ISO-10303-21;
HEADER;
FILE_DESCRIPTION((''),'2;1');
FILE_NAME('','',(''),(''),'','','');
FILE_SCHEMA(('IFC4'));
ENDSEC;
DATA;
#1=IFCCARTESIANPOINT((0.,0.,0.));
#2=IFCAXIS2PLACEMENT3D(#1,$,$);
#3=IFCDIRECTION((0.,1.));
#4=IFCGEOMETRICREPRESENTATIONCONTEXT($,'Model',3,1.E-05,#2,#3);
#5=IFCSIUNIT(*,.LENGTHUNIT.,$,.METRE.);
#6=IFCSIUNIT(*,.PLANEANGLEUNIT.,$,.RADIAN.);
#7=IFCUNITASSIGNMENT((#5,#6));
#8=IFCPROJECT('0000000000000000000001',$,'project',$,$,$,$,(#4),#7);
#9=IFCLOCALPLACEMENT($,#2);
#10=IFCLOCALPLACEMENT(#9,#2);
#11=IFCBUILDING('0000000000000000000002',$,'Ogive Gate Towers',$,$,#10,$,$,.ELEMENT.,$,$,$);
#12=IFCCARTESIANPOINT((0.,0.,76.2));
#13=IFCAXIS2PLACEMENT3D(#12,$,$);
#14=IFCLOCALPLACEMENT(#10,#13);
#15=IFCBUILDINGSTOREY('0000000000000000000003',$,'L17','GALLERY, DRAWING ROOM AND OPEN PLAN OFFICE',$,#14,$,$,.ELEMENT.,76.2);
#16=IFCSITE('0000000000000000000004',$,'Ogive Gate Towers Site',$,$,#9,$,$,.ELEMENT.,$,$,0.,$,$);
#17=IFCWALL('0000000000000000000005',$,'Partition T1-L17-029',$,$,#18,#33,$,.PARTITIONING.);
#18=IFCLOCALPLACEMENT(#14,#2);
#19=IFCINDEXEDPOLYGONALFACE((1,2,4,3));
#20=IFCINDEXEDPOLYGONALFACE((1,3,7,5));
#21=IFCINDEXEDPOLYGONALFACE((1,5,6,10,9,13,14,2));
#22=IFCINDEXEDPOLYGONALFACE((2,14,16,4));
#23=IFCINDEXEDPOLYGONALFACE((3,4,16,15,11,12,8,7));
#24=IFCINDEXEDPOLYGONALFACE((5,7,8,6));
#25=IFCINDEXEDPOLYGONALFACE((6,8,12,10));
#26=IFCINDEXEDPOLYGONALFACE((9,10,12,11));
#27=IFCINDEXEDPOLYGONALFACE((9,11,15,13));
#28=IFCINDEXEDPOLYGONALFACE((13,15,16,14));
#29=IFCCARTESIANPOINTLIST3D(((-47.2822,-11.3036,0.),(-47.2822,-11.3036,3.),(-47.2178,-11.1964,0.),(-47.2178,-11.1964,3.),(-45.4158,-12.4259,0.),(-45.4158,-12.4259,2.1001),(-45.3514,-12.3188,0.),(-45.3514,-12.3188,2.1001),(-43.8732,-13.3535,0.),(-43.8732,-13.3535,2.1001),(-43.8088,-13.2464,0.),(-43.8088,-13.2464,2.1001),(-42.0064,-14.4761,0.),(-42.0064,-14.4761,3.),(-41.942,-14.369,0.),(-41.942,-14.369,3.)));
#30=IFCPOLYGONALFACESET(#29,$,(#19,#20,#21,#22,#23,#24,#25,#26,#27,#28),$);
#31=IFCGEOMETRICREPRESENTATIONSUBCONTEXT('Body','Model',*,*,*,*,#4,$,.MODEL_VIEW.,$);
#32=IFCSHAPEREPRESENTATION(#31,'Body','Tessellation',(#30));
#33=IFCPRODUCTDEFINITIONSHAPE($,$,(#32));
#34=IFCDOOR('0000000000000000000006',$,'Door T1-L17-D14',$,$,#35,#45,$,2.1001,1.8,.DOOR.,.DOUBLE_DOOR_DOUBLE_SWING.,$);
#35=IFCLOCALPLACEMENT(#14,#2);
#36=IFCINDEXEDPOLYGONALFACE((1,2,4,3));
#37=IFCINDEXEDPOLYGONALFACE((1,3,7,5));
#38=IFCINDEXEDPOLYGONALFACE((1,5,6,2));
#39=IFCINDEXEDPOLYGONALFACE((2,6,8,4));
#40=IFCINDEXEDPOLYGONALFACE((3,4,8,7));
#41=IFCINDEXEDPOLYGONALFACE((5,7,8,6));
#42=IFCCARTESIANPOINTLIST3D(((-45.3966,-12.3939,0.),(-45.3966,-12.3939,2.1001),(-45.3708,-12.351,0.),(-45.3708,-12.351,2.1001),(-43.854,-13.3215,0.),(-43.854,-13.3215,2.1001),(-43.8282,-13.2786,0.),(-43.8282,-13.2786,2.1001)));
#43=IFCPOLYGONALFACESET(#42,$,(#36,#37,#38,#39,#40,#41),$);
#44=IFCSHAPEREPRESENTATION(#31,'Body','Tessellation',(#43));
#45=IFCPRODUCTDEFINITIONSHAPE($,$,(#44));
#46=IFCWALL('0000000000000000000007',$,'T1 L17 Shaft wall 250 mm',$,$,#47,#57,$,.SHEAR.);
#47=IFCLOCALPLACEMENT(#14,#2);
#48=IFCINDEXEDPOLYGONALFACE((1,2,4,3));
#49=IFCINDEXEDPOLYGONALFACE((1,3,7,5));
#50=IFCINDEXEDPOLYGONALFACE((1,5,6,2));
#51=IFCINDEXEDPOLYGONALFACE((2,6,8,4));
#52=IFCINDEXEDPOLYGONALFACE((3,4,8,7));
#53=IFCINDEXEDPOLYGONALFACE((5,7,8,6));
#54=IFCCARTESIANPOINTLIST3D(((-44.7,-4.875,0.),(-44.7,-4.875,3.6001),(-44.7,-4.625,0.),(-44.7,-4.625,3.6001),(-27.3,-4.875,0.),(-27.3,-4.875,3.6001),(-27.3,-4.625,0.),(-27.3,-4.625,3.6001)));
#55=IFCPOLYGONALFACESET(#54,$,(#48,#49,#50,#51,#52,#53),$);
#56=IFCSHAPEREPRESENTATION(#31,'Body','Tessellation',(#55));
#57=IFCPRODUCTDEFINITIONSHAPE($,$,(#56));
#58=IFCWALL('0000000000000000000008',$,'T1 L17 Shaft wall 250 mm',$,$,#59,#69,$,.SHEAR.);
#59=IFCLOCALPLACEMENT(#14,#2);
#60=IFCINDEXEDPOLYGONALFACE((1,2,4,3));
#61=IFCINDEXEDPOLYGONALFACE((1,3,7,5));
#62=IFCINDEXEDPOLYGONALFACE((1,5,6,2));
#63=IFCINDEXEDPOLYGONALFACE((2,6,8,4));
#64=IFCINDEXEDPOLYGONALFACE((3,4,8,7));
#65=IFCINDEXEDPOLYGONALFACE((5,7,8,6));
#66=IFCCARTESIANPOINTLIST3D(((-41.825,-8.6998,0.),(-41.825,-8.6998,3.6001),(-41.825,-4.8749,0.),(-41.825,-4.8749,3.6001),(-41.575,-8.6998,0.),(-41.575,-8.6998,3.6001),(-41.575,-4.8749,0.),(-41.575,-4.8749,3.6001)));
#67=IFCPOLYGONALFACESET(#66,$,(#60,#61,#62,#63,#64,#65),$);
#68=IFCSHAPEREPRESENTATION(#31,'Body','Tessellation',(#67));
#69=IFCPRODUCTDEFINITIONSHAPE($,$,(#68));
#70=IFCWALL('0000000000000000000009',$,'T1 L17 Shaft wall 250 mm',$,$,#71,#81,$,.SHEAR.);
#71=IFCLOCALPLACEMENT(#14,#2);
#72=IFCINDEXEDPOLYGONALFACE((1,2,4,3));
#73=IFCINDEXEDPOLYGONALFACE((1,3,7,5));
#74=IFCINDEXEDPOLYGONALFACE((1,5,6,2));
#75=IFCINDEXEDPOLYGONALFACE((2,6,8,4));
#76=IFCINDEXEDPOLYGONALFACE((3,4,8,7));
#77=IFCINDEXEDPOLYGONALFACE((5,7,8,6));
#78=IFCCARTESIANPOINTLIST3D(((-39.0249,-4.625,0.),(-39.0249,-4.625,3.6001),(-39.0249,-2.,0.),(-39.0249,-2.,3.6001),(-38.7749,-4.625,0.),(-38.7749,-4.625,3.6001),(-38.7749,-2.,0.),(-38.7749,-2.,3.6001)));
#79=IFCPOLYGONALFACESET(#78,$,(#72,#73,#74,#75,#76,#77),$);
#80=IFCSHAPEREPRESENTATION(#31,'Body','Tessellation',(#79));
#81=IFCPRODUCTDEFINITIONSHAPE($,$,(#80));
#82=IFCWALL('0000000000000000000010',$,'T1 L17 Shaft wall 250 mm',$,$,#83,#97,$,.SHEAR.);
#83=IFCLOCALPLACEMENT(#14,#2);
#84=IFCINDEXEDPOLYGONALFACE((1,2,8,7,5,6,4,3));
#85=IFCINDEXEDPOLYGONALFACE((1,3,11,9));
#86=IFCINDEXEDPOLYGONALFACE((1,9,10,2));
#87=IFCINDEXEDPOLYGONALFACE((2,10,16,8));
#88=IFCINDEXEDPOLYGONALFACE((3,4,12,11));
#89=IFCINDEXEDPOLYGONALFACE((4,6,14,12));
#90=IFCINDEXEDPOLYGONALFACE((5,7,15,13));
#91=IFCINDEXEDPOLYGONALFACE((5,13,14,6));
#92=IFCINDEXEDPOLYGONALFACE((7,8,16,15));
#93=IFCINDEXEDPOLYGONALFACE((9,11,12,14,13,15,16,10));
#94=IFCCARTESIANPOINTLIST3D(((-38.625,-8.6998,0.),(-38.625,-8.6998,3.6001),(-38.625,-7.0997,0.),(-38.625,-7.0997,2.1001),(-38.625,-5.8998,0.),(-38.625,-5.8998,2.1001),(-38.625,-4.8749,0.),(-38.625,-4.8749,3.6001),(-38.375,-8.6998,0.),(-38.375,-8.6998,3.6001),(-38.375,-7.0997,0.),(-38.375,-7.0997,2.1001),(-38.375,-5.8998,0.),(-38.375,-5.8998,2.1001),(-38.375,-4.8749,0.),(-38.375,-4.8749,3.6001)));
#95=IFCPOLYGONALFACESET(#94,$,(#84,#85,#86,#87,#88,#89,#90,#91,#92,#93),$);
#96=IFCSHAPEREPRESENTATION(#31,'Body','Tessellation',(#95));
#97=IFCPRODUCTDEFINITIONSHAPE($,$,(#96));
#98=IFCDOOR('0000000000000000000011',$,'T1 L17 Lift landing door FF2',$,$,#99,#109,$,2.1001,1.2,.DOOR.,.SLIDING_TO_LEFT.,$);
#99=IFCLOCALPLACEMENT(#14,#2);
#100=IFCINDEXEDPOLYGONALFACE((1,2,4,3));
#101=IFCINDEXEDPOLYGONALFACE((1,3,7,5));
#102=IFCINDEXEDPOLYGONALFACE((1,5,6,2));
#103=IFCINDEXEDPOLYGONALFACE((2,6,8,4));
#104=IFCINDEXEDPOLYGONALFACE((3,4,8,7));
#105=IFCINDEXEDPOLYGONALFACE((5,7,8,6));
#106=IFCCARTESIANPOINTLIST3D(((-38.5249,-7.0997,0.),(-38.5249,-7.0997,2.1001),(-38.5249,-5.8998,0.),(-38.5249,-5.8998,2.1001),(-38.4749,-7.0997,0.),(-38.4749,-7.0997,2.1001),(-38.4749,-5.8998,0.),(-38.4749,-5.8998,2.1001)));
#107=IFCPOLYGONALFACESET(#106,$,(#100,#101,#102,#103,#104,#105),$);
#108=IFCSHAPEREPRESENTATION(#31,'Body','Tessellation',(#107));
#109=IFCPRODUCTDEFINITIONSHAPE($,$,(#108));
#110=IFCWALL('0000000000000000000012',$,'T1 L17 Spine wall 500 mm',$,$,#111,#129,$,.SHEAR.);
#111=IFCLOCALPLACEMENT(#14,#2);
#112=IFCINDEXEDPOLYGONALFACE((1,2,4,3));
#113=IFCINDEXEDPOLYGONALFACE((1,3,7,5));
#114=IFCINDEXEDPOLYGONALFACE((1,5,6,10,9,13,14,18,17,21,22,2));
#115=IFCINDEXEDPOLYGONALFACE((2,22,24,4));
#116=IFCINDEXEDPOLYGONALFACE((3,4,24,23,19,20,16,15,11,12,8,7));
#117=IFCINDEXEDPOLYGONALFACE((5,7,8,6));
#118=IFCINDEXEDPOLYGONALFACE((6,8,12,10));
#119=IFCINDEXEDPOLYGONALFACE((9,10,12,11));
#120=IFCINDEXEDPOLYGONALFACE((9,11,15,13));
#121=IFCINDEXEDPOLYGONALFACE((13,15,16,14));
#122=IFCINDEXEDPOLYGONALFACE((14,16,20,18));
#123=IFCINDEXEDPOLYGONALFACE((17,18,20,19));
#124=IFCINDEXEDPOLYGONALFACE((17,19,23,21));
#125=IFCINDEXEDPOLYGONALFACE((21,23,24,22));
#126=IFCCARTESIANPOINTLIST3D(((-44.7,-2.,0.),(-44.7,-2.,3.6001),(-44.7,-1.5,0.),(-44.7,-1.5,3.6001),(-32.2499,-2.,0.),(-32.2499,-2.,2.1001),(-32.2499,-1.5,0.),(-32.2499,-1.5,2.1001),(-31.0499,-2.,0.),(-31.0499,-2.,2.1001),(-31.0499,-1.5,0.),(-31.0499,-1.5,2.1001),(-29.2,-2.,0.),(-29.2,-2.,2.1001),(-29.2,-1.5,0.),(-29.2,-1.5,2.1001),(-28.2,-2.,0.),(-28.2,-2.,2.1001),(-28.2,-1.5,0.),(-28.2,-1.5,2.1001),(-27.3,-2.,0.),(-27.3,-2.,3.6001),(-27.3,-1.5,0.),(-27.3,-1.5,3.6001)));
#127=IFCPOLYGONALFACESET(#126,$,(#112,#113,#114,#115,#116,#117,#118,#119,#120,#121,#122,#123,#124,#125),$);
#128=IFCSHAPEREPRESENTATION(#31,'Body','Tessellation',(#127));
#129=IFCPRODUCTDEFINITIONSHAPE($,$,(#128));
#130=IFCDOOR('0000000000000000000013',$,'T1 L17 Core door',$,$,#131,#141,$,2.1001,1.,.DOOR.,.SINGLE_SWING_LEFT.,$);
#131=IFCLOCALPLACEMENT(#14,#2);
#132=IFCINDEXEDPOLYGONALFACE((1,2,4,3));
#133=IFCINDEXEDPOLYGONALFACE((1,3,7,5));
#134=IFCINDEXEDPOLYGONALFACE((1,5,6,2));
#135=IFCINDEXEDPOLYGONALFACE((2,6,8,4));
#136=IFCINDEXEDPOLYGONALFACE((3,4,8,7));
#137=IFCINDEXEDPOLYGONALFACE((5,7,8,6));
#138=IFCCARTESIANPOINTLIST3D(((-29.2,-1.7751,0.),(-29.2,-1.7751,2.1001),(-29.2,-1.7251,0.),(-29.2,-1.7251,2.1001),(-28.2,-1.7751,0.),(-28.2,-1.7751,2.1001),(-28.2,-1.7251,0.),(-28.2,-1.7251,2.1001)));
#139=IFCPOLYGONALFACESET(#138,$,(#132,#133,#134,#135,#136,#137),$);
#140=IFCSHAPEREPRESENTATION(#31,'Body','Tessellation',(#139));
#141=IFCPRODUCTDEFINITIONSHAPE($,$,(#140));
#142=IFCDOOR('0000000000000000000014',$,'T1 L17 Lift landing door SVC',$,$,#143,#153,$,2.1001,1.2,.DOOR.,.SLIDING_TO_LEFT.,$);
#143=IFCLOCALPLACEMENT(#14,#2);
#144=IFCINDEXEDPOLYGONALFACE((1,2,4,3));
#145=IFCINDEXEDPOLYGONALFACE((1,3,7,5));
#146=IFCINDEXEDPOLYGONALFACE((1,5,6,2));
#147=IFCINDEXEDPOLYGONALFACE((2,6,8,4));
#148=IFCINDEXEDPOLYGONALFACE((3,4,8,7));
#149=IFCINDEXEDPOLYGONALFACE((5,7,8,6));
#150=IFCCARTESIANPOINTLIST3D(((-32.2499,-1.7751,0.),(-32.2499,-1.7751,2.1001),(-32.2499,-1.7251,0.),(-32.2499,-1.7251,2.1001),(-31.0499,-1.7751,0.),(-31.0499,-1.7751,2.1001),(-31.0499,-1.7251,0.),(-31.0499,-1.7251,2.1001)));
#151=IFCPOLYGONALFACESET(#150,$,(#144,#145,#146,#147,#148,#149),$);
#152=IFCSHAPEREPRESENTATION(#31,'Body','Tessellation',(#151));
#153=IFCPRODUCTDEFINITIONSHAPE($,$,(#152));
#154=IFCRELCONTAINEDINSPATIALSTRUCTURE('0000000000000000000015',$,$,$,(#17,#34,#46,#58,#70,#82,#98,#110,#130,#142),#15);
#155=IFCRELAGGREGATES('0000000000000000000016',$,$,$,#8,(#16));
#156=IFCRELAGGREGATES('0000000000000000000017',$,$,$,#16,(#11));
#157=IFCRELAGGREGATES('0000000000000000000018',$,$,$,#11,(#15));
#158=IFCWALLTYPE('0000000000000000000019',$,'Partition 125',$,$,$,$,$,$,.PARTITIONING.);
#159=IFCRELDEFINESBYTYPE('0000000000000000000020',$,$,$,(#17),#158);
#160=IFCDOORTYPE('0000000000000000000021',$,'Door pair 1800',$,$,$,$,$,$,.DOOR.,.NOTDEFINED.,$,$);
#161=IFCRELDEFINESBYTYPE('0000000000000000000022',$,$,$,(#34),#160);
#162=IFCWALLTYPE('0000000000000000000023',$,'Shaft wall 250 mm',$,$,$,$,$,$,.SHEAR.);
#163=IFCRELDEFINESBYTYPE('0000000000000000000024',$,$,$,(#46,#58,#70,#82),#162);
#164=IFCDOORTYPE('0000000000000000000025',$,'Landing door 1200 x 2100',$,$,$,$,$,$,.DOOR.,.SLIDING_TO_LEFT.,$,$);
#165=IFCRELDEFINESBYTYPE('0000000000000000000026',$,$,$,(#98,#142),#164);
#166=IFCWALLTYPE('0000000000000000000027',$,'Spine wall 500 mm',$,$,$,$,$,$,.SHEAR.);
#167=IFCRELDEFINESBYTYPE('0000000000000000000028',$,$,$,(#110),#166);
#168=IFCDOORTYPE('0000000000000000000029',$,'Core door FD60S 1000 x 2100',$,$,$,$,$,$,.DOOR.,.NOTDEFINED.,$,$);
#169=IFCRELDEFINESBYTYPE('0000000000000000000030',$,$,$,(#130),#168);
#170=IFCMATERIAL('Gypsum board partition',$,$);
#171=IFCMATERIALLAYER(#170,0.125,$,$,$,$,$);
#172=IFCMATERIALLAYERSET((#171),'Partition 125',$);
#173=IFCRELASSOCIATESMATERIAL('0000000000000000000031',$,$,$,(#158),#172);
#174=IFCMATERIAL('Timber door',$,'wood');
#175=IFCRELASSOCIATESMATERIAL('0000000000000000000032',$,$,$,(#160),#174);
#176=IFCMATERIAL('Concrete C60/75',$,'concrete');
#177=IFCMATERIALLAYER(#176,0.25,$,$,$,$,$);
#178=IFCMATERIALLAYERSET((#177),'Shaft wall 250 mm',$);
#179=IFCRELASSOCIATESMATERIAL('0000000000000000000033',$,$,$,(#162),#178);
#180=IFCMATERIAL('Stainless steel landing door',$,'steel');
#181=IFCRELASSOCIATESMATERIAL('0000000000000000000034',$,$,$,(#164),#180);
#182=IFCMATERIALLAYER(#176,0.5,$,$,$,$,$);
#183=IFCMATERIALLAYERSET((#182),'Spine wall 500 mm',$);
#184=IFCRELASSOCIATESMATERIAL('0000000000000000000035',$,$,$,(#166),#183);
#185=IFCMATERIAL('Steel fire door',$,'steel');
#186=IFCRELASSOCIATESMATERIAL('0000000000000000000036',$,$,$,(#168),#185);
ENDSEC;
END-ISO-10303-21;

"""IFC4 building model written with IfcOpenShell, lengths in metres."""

from ifc_helpers import new_model, si_unit, direction, frame, frame_2d, origin, place, context, subcontext, project, spatial, rectangle, extrude, material, layer, layer_set, type_object, element, fill, save


model = new_model("IFC4")

# Units and contexts
model_context = context("Model", 3, precision=1e-05, world=origin(), true_north=direction((0.0, 1.0)))
body_context = subcontext(model_context, "Body", "Model", "MODEL_VIEW")
ifc_project = project(units=[si_unit("LENGTHUNIT", "METRE"), si_unit("PLANEANGLEUNIT", "RADIAN")], contexts=[model_context])

# Site, building, storey
site_placement = place(None, origin())
site = spatial("IfcSite", under=ifc_project, at=site_placement, Name="Ogive Gate Towers Site", CompositionType="ELEMENT", RefElevation=0.0)
building_placement = place(site_placement, origin())
building = spatial("IfcBuilding", under=site, at=building_placement, Name="Ogive Gate Towers", CompositionType="ELEMENT")
storey_placement = place(building_placement, frame((0.0, 0.0, 76.2)))
storey = spatial("IfcBuildingStorey", under=building, at=storey_placement, Name="L17", Description="GALLERY, DRAWING ROOM AND OPEN PLAN OFFICE", CompositionType="ELEMENT", Elevation=76.2)

# Shared definitions
ifc_material_1 = material(Name="Concrete C60/75", Category="concrete")
ifc_material_2 = material(Name="Timber door", Category="wood")
ifc_material_3 = material(Name="Steel fire door", Category="steel")

# Shared definitions
ifc_material_4 = material(Name="Gypsum board partition")
ifc_layer_1 = layer(ifc_material_4, 0.125)
ifc_layer_set_1 = layer_set([ifc_layer_1], Name="Partition 125")
wall_type_1 = type_object("IfcWallType", Name="Partition 125", PredefinedType="PARTITIONING", material=ifc_layer_set_1)

# Wall, opening, door
wall_1_placement = place(storey_placement, frame((-47.25, -11.25, 0.0), z_axis=(0.0, 0.0, 1.0), x_axis=(0.856985, -0.515341, 0.0)))
wall_1 = element("IfcWall", 1, at=wall_1_placement, inside=storey, type_object=wall_type_1, Name="Partition T1-L17-029", PredefinedType="PARTITIONING", context=body_context, shape_type="SweptSolid", body=[
    extrude(rectangle(XDim=6.1562, YDim=0.125, at=frame_2d((3.0781, 0.0))), origin(), (0.0, 0.0, 1.0), 3.0),
])
opening_1_placement = place(wall_1_placement, frame((2.178, 0.0, 0.0)))
opening_1 = element("IfcOpeningElement", 2, at=opening_1_placement, cuts=wall_1, PredefinedType="OPENING", context=body_context, shape_type="SweptSolid", body=[
    extrude(rectangle(XDim=1.8, YDim=2.1001, at=frame_2d((0.8999, 1.05))), frame((0.0, 0.0725, 0.0), z_axis=(0.0, -1.0, 0.0), x_axis=(1.0, 0.0, 0.0)), (0.0, 0.0, 1.0), 0.145),
])
door_type_1 = type_object("IfcDoorType", Name="Door pair 1800", OperationType="NOTDEFINED", PredefinedType="DOOR", material=ifc_material_2)
door_1_placement = place(opening_1_placement, origin())
door_1 = element("IfcDoor", 3, at=door_1_placement, inside=storey, type_object=door_type_1, Name="Door T1-L17-D14", OperationType="DOUBLE_DOOR_DOUBLE_SWING", OverallHeight=2.1001, OverallWidth=1.8, PredefinedType="DOOR", context=body_context, shape_type="SweptSolid", body=[
    extrude(rectangle(XDim=1.8, YDim=2.1001, at=frame_2d((0.8999, 1.05))), frame((0.0, 0.0249, 0.0), z_axis=(0.0, -1.0, 0.0), x_axis=(1.0, 0.0, 0.0)), (0.0, 0.0, 1.0), 0.05),
])
fill(opening_1, door_1)

# Walls
ifc_layer_2 = layer(ifc_material_1, 0.25)
ifc_layer_set_2 = layer_set([ifc_layer_2], Name="Shaft wall 250 mm")
wall_type_2 = type_object("IfcWallType", Name="Shaft wall 250 mm", PredefinedType="SHEAR", material=ifc_layer_set_2)
wall_2_placement = place(storey_placement, frame((-44.7, -4.75, 0.0), z_axis=(0.0, 0.0, 1.0), x_axis=(1.0, 0.0, 0.0)))
element("IfcWall", 4, at=wall_2_placement, inside=storey, type_object=wall_type_2, Name="T1 L17 Shaft wall 250 mm", PredefinedType="SHEAR", context=body_context, shape_type="SweptSolid", body=[
    extrude(rectangle(XDim=17.3999, YDim=0.25, at=frame_2d((8.7, 0.0))), origin(), (0.0, 0.0, 1.0), 3.6001),
])
wall_3_placement = place(storey_placement, frame((-41.7, -8.7, 0.0), z_axis=(0.0, 0.0, 1.0), x_axis=(0.0, 1.0, 0.0)))
element("IfcWall", 5, at=wall_3_placement, inside=storey, type_object=wall_type_2, Name="T1 L17 Shaft wall 250 mm", PredefinedType="SHEAR", context=body_context, shape_type="SweptSolid", body=[
    extrude(rectangle(XDim=3.825, YDim=0.25, at=frame_2d((1.9126, 0.0))), origin(), (0.0, 0.0, 1.0), 3.6001),
])
wall_4_placement = place(storey_placement, frame((-38.8999, -4.625, 0.0), z_axis=(0.0, 0.0, 1.0), x_axis=(0.0, 1.0, 0.0)))
element("IfcWall", 6, at=wall_4_placement, inside=storey, type_object=wall_type_2, Name="T1 L17 Shaft wall 250 mm", PredefinedType="SHEAR", context=body_context, shape_type="SweptSolid", body=[
    extrude(rectangle(XDim=2.625, YDim=0.25, at=frame_2d((1.3125, 0.0))), origin(), (0.0, 0.0, 1.0), 3.6001),
])

# Wall, opening, door
wall_5_placement = place(storey_placement, frame((-38.5, -8.7, 0.0), z_axis=(0.0, 0.0, 1.0), x_axis=(0.0, 1.0, 0.0)))
wall_5 = element("IfcWall", 7, at=wall_5_placement, inside=storey, type_object=wall_type_2, Name="T1 L17 Shaft wall 250 mm", PredefinedType="SHEAR", context=body_context, shape_type="SweptSolid", body=[
    extrude(rectangle(XDim=3.825, YDim=0.25, at=frame_2d((1.9126, 0.0))), origin(), (0.0, 0.0, 1.0), 3.6001),
])
opening_2_placement = place(wall_5_placement, frame((1.6001, 0.0, 0.0)))
opening_2 = element("IfcOpeningElement", 8, at=opening_2_placement, cuts=wall_5, PredefinedType="OPENING", context=body_context, shape_type="SweptSolid", body=[
    extrude(rectangle(XDim=1.2, YDim=2.1001, at=frame_2d((0.6001, 1.05))), frame((0.0, 0.135, 0.0), z_axis=(0.0, -1.0, 0.0), x_axis=(1.0, 0.0, 0.0)), (0.0, 0.0, 1.0), 0.27),
])
ifc_material_5 = material(Name="Stainless steel landing door", Category="steel")
door_type_2 = type_object("IfcDoorType", Name="Landing door 1200 x 2100", OperationType="SLIDING_TO_LEFT", PredefinedType="DOOR", material=ifc_material_5)
door_2_placement = place(opening_2_placement, origin())
door_2 = element("IfcDoor", 9, at=door_2_placement, inside=storey, type_object=door_type_2, Name="T1 L17 Lift landing door FF2", OperationType="SLIDING_TO_LEFT", OverallHeight=2.1001, OverallWidth=1.2, PredefinedType="DOOR", context=body_context, shape_type="SweptSolid", body=[
    extrude(rectangle(XDim=1.2, YDim=2.1001, at=frame_2d((0.6001, 1.05))), frame((0.0, 0.0249, 0.0), z_axis=(0.0, -1.0, 0.0), x_axis=(1.0, 0.0, 0.0)), (0.0, 0.0, 1.0), 0.05),
])
fill(opening_2, door_2)

# Wall, openings, doors
ifc_layer_3 = layer(ifc_material_1, 0.5)
ifc_layer_set_3 = layer_set([ifc_layer_3], Name="Spine wall 500 mm")
wall_type_3 = type_object("IfcWallType", Name="Spine wall 500 mm", PredefinedType="SHEAR", material=ifc_layer_set_3)
wall_6_placement = place(storey_placement, frame((-44.7, -1.75, 0.0), z_axis=(0.0, 0.0, 1.0), x_axis=(1.0, 0.0, 0.0)))
wall_6 = element("IfcWall", 10, at=wall_6_placement, inside=storey, type_object=wall_type_3, Name="T1 L17 Spine wall 500 mm", PredefinedType="SHEAR", context=body_context, shape_type="SweptSolid", body=[
    extrude(rectangle(XDim=17.3999, YDim=0.5, at=frame_2d((8.7, 0.0))), origin(), (0.0, 0.0, 1.0), 3.6001),
])
opening_3_placement = place(wall_6_placement, frame((12.45, 0.0, 0.0)))
opening_3 = element("IfcOpeningElement", 11, at=opening_3_placement, cuts=wall_6, PredefinedType="OPENING", context=body_context, shape_type="SweptSolid", body=[
    extrude(rectangle(XDim=1.2, YDim=2.1001, at=frame_2d((0.6001, 1.05))), frame((0.0, 0.26, 0.0), z_axis=(0.0, -1.0, 0.0), x_axis=(1.0, 0.0, 0.0)), (0.0, 0.0, 1.0), 0.52),
])
opening_4_placement = place(wall_6_placement, frame((15.5, 0.0, 0.0)))
opening_4 = element("IfcOpeningElement", 12, at=opening_4_placement, cuts=wall_6, PredefinedType="OPENING", context=body_context, shape_type="SweptSolid", body=[
    extrude(rectangle(XDim=1.0, YDim=2.1001, at=frame_2d((0.5, 1.05))), frame((0.0, 0.26, 0.0), z_axis=(0.0, -1.0, 0.0), x_axis=(1.0, 0.0, 0.0)), (0.0, 0.0, 1.0), 0.52),
])
door_type_3 = type_object("IfcDoorType", Name="Core door FD60S 1000 x 2100", OperationType="NOTDEFINED", PredefinedType="DOOR", material=ifc_material_3)
door_3_placement = place(opening_4_placement, origin())
door_3 = element("IfcDoor", 13, at=door_3_placement, inside=storey, type_object=door_type_3, Name="T1 L17 Core door", OperationType="SINGLE_SWING_LEFT", OverallHeight=2.1001, OverallWidth=1.0, PredefinedType="DOOR", context=body_context, shape_type="SweptSolid", body=[
    extrude(rectangle(XDim=1.0, YDim=2.1001, at=frame_2d((0.5, 1.05))), frame((0.0, 0.0249, 0.0), z_axis=(0.0, -1.0, 0.0), x_axis=(1.0, 0.0, 0.0)), (0.0, 0.0, 1.0), 0.05),
])
fill(opening_4, door_3)
door_4_placement = place(opening_3_placement, origin())
door_4 = element("IfcDoor", 14, at=door_4_placement, inside=storey, type_object=door_type_2, Name="T1 L17 Lift landing door SVC", OperationType="SLIDING_TO_LEFT", OverallHeight=2.1001, OverallWidth=1.2, PredefinedType="DOOR", context=body_context, shape_type="SweptSolid", body=[
    extrude(rectangle(XDim=1.2, YDim=2.1001, at=frame_2d((0.6001, 1.05))), frame((0.0, 0.0249, 0.0), z_axis=(0.0, -1.0, 0.0), x_axis=(1.0, 0.0, 0.0)), (0.0, 0.0, 1.0), 0.05),
])
fill(opening_3, door_4)

save(model, "model.ifc")
